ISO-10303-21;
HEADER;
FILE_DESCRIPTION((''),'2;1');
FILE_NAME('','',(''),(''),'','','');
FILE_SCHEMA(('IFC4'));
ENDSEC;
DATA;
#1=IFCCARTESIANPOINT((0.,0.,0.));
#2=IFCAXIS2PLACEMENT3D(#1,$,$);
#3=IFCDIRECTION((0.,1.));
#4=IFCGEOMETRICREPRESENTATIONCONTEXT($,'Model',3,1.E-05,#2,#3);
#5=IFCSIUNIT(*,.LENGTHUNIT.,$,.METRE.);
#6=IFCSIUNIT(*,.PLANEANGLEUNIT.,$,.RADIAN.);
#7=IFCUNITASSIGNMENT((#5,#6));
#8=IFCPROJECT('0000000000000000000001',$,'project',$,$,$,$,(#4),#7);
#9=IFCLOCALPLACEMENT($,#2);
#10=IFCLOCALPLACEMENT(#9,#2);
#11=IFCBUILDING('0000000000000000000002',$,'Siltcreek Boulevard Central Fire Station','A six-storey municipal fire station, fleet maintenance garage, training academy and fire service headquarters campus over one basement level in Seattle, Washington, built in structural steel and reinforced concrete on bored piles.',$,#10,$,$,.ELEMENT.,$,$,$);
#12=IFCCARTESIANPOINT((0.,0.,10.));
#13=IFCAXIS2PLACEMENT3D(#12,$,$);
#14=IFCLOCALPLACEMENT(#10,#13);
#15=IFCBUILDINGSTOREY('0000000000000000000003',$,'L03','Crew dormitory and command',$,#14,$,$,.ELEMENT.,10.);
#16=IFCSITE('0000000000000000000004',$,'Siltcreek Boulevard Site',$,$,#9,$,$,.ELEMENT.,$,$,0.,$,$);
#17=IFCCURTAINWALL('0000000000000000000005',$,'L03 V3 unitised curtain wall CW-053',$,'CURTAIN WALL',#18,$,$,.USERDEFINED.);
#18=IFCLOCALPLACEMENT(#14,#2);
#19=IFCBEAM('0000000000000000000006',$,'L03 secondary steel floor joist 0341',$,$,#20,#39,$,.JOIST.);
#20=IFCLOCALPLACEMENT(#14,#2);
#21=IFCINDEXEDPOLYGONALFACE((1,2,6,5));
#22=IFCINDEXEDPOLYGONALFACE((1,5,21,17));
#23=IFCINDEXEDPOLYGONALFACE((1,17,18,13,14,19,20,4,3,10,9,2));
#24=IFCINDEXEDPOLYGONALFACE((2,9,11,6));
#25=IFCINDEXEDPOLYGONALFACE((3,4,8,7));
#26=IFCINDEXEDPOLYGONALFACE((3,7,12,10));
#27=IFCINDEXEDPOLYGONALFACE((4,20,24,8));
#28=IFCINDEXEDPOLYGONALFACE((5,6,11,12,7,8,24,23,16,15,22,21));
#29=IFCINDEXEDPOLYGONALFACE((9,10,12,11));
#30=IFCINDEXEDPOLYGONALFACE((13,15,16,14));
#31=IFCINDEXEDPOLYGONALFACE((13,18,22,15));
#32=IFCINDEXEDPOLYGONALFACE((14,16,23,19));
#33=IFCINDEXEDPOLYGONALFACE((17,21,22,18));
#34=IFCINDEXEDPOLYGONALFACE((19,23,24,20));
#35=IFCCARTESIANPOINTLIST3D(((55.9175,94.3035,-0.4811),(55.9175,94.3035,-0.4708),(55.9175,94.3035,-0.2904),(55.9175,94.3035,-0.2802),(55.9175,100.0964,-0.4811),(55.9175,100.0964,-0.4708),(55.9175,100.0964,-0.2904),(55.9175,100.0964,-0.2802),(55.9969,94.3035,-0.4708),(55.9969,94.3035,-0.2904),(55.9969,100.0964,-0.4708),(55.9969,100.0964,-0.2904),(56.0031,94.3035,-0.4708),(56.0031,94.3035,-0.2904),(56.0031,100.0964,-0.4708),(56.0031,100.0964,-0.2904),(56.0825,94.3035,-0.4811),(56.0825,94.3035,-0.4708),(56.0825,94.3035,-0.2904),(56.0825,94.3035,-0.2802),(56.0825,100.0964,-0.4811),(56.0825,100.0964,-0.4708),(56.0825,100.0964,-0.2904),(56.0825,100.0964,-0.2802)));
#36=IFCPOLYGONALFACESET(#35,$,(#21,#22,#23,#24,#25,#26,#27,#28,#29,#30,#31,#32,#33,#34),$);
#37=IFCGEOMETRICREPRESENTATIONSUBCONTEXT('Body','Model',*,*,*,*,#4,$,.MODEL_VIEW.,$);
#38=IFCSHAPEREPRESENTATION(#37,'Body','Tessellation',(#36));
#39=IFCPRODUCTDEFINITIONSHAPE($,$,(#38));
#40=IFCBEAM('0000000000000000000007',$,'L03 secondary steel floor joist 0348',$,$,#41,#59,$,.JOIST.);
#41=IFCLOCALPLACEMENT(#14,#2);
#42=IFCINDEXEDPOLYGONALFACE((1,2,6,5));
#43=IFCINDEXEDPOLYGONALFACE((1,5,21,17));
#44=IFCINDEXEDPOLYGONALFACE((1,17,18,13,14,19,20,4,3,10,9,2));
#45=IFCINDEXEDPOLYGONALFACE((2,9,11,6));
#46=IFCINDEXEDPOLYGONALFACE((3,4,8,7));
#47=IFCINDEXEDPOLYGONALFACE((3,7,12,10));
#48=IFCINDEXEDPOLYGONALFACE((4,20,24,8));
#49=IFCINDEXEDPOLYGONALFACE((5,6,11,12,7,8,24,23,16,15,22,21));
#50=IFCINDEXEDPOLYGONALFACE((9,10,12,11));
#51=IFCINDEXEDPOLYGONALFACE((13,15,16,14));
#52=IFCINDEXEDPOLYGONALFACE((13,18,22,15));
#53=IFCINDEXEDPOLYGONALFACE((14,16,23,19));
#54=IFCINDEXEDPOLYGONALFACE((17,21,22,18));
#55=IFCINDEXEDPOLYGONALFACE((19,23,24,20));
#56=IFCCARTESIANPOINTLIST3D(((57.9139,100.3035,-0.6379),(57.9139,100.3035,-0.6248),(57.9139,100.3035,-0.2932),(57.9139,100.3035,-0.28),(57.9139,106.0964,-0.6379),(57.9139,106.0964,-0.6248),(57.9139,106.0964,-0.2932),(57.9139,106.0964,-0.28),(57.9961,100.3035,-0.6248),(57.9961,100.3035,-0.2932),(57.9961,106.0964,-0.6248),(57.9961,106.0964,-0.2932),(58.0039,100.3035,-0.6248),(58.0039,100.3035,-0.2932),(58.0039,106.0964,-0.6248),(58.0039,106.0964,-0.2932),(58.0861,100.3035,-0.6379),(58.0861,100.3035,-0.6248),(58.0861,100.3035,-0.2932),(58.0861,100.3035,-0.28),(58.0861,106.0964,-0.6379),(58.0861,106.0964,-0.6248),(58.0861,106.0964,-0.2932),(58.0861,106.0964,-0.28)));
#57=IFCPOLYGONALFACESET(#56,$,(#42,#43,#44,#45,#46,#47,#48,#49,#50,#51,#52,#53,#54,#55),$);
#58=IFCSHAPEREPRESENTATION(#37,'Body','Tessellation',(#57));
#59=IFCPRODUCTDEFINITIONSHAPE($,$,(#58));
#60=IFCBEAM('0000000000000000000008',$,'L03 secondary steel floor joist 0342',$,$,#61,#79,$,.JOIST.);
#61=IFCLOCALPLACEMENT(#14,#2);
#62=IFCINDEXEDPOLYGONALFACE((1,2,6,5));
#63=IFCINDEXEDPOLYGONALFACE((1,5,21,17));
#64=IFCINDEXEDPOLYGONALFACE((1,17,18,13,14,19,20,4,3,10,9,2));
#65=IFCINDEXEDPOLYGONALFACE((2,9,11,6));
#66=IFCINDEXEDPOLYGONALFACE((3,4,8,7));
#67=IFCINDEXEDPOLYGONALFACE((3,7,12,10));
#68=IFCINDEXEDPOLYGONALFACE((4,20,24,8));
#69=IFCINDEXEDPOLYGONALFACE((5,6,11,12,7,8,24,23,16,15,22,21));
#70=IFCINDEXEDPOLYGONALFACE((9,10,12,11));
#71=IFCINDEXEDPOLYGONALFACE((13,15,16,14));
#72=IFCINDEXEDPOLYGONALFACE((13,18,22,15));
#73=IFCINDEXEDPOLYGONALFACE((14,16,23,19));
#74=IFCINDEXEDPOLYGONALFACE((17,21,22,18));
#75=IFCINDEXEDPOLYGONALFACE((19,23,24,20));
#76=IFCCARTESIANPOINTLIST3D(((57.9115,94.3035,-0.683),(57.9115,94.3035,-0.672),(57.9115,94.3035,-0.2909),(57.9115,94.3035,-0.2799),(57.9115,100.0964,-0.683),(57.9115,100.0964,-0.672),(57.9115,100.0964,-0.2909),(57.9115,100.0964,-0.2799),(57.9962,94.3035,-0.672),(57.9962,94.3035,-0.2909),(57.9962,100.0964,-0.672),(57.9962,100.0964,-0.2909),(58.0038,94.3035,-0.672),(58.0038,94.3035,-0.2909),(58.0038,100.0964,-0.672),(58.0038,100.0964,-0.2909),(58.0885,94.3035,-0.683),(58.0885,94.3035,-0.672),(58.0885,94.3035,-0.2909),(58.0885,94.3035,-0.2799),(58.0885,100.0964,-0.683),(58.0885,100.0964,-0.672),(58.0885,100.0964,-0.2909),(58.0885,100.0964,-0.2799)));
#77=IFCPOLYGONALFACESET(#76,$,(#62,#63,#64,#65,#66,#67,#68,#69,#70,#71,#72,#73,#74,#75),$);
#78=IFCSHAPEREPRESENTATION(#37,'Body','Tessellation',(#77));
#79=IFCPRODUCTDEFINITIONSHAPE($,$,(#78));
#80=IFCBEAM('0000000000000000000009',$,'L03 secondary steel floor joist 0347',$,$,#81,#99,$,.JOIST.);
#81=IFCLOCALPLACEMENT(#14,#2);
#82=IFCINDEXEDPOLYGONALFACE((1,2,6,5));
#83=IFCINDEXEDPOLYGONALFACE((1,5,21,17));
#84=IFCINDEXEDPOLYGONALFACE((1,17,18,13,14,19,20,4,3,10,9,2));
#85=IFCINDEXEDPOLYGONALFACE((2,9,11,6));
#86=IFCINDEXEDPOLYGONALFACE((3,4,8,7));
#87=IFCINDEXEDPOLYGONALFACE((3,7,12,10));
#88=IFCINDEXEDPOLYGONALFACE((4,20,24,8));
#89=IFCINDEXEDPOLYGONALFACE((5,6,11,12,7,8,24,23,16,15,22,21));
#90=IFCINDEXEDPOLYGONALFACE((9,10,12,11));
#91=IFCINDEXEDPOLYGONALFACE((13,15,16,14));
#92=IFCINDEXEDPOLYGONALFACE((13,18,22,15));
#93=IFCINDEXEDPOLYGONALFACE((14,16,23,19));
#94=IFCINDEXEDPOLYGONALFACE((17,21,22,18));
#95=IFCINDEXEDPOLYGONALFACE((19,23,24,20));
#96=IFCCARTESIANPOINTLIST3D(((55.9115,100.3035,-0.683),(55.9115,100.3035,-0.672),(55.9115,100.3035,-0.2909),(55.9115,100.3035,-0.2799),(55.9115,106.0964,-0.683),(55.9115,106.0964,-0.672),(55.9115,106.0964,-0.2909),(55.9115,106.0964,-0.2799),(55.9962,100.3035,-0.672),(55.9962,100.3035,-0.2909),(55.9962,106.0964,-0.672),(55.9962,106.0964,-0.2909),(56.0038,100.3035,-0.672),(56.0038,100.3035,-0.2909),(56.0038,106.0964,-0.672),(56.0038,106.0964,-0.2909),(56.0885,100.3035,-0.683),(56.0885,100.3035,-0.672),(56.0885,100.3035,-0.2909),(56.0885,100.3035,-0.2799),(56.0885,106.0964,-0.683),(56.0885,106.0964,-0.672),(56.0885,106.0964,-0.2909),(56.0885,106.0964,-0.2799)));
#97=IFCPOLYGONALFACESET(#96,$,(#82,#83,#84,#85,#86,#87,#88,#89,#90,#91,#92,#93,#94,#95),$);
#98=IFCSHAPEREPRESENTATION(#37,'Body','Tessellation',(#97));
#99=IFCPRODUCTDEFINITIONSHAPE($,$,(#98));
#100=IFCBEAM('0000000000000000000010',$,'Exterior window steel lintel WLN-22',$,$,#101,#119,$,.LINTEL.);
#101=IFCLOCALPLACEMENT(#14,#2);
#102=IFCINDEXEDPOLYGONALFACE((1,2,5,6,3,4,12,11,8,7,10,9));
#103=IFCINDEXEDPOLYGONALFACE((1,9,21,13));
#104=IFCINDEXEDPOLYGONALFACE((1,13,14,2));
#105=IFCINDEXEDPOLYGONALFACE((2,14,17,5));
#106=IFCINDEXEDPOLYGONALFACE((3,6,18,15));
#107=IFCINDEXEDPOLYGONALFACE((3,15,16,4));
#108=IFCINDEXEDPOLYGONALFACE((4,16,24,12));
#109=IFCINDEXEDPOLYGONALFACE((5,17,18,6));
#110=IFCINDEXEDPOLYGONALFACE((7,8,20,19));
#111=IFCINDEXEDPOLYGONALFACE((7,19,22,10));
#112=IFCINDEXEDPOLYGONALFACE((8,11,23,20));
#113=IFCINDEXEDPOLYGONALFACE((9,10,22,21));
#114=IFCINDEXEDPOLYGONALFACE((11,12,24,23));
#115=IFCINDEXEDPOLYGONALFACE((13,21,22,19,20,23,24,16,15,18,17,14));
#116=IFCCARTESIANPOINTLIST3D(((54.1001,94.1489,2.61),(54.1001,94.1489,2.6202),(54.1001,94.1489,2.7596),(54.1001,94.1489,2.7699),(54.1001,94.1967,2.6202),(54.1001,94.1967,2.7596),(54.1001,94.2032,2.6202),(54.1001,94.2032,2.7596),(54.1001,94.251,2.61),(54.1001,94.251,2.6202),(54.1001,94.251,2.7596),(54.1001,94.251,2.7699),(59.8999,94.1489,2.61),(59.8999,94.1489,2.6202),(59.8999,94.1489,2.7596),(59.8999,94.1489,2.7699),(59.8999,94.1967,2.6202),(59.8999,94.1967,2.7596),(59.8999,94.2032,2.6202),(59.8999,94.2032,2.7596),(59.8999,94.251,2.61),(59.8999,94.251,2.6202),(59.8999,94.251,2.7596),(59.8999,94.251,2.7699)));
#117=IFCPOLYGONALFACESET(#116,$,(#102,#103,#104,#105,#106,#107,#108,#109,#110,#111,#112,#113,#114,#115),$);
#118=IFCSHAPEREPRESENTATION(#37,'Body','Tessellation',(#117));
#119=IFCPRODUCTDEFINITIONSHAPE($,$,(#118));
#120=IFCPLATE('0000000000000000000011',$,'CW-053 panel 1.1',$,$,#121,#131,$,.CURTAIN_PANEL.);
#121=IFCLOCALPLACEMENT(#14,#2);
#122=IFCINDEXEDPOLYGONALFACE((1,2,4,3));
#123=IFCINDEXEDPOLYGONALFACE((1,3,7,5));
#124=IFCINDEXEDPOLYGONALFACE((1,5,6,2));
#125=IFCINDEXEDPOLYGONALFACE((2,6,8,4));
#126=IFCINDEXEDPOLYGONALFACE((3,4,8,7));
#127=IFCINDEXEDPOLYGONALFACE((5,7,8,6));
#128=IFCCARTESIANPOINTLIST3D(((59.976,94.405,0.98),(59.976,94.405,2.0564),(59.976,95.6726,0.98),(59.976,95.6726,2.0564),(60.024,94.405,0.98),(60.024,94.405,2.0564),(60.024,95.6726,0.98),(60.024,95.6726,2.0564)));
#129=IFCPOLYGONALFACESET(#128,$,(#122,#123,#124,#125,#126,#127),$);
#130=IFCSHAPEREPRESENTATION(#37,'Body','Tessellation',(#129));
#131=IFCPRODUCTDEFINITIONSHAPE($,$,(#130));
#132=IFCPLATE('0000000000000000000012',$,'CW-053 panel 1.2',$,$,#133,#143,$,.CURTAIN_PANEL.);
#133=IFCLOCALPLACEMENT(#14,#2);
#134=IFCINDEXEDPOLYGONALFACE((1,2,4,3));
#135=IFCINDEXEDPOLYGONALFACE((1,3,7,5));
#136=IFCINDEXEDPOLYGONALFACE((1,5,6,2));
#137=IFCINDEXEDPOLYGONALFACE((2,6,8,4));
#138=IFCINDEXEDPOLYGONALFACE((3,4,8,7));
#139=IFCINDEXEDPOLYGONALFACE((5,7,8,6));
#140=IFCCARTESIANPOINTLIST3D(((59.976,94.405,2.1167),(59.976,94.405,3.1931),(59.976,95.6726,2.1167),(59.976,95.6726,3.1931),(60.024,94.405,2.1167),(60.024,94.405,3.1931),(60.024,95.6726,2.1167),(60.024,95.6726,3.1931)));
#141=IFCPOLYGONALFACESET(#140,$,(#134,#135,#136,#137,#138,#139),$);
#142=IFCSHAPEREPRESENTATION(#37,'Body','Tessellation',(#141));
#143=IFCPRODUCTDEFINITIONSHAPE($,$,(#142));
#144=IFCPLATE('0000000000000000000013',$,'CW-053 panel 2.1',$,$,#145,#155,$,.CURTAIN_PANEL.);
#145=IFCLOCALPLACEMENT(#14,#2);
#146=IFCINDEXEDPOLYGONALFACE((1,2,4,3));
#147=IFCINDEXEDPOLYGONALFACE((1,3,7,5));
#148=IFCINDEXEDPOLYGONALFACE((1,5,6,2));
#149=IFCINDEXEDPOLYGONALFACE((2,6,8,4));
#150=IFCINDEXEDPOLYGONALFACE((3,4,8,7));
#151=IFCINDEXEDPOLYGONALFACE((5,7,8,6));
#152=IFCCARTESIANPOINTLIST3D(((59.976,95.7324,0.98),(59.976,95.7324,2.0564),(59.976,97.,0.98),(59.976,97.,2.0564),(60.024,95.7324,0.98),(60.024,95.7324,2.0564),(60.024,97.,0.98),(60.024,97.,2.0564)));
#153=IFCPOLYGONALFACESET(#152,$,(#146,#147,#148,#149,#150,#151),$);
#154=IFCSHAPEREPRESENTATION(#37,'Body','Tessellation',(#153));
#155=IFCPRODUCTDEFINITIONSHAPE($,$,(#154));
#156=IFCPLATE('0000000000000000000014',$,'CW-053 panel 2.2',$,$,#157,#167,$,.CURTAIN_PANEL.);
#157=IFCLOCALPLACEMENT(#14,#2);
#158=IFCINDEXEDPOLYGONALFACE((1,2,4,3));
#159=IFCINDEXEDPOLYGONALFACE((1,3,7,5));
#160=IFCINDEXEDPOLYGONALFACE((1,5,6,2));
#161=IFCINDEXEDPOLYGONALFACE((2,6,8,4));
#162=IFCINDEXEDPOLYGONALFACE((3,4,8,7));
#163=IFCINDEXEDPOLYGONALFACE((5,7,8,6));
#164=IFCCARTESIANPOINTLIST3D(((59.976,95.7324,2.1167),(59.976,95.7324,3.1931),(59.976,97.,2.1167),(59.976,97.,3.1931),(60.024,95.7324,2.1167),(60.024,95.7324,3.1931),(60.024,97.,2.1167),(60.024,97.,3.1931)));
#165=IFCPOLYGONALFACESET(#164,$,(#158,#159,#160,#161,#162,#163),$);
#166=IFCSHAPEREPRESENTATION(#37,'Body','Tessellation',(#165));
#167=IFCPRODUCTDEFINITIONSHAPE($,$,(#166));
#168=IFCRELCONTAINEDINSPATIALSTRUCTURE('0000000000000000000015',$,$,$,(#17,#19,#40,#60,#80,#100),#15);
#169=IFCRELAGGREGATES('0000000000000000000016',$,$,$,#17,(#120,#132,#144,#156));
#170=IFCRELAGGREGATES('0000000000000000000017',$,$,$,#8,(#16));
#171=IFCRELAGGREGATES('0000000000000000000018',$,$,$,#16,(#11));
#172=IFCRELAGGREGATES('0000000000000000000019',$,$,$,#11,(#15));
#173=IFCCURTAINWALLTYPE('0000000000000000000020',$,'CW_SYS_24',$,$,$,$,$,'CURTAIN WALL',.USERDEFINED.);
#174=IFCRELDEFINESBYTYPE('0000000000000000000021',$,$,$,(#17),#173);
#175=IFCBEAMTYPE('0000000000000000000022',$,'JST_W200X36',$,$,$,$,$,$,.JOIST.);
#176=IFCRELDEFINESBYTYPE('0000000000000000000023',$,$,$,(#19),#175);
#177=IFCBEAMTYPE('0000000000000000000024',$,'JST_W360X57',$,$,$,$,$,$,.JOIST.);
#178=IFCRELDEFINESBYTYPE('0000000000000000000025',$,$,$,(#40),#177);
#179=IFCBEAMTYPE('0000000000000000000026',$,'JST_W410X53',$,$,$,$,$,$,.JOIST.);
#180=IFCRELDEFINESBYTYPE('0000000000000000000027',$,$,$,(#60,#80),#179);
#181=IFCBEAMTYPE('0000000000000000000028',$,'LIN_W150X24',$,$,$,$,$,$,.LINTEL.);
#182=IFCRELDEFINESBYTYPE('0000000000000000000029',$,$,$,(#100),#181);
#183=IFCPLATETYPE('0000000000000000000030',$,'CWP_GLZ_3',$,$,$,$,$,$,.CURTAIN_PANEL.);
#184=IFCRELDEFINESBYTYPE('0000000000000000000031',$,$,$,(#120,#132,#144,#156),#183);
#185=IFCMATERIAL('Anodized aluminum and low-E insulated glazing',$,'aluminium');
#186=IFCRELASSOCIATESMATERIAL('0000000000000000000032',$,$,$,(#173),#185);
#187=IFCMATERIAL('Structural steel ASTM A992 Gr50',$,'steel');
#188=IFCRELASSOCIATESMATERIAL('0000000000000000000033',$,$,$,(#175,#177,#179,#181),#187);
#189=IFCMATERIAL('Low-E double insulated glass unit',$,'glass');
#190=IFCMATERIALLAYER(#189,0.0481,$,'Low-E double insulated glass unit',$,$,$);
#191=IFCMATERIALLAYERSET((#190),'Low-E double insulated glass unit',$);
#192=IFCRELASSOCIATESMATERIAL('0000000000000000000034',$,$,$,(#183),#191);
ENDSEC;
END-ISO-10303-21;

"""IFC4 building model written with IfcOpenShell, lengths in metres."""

from ifc_helpers import new_model, si_unit, direction, frame, origin, origin_2d, place, context, subcontext, project, spatial, rectangle, i_section, extrude, material, layer, layer_set, material_profile, profile_set, type_object, element, aggregate, save


model = new_model("IFC4")

# Units and contexts
model_context = context("Model", 3, precision=1e-05, world=origin(), true_north=direction((0.0, 1.0)))
body_context = subcontext(model_context, "Body", "Model", "MODEL_VIEW")
ifc_project = project(units=[si_unit("LENGTHUNIT", "METRE"), si_unit("PLANEANGLEUNIT", "RADIAN")], contexts=[model_context])

# Site, building, storey
site_placement = place(None, origin())
site = spatial("IfcSite", under=ifc_project, at=site_placement, Name="Siltcreek Boulevard Site", CompositionType="ELEMENT", RefElevation=0.0)
building_placement = place(site_placement, origin())
building = spatial("IfcBuilding", under=site, at=building_placement, Name="Siltcreek Boulevard Central Fire Station", Description="A six-storey municipal fire station, fleet maintenance garage, training academy and fire service headquarters campus over one basement level in Seattle, Washington, built in structural steel and reinforced concrete on bored piles.", CompositionType="ELEMENT")
storey_placement = place(building_placement, frame((0.0, 0.0, 10.0)))
storey = spatial("IfcBuildingStorey", under=building, at=storey_placement, Name="L03", Description="Crew dormitory and command", CompositionType="ELEMENT", Elevation=10.0)

# Shared definitions
ifc_material_1 = material(Name="Structural steel ASTM A992 Gr50", Category="steel")

# Curtain wall
ifc_material_2 = material(Name="Anodized aluminum and low-E insulated glazing", Category="aluminium")
curtain_wall_type = type_object("IfcCurtainWallType", Name="CW_SYS_24", ElementType="CURTAIN WALL", PredefinedType="USERDEFINED", material=ifc_material_2)
curtain_wall_placement = place(storey_placement, origin())
curtain_wall = element("IfcCurtainWall", 1, at=curtain_wall_placement, inside=storey, type_object=curtain_wall_type, Name="L03 V3 unitised curtain wall CW-053", ObjectType="CURTAIN WALL", PredefinedType="USERDEFINED")

# Beams
ifc_material_profile_1 = material_profile(ifc_material_1, i_section(OverallWidth=0.165, OverallDepth=0.2009, WebThickness=0.0061, FlangeThickness=0.0103, at=origin_2d()), Name="W200X36")
ifc_profile_set_1 = profile_set([ifc_material_profile_1], Name="Structural steel ASTM A992 Gr50")
beam_type_1 = type_object("IfcBeamType", Name="JST_W200X36", PredefinedType="JOIST", material=ifc_profile_set_1)
beam_1_placement = place(storey_placement, frame((56.0, 94.3035, -0.3806), z_axis=(0.0, 1.0, 0.0), x_axis=(-1.0, 0.0, 0.0)))
element("IfcBeam", 2, at=beam_1_placement, inside=storey, type_object=beam_type_1, Name="L03 secondary steel floor joist 0341", PredefinedType="JOIST", context=body_context, shape_type="SweptSolid", body=[
    extrude(i_section(OverallWidth=0.165, OverallDepth=0.2009, WebThickness=0.0061, FlangeThickness=0.0103, at=origin_2d()), origin(), (0.0, 0.0, 1.0), 5.793),
])
ifc_material_profile_2 = material_profile(ifc_material_1, i_section(OverallWidth=0.1721, OverallDepth=0.3579, WebThickness=0.0078, FlangeThickness=0.0132, at=origin_2d()), Name="W360X57")
ifc_profile_set_2 = profile_set([ifc_material_profile_2], Name="Structural steel ASTM A992 Gr50")
beam_type_2 = type_object("IfcBeamType", Name="JST_W360X57", PredefinedType="JOIST", material=ifc_profile_set_2)
beam_2_placement = place(storey_placement, frame((58.0, 100.3035, -0.459), z_axis=(0.0, 1.0, 0.0), x_axis=(-1.0, 0.0, 0.0)))
element("IfcBeam", 3, at=beam_2_placement, inside=storey, type_object=beam_type_2, Name="L03 secondary steel floor joist 0348", PredefinedType="JOIST", context=body_context, shape_type="SweptSolid", body=[
    extrude(i_section(OverallWidth=0.1721, OverallDepth=0.3579, WebThickness=0.0078, FlangeThickness=0.0132, at=origin_2d()), origin(), (0.0, 0.0, 1.0), 5.793),
])
ifc_material_profile_3 = material_profile(ifc_material_1, i_section(OverallWidth=0.177, OverallDepth=0.4031, WebThickness=0.0076, FlangeThickness=0.011, at=origin_2d()), Name="W410X53")
ifc_profile_set_3 = profile_set([ifc_material_profile_3], Name="Structural steel ASTM A992 Gr50")
beam_type_3 = type_object("IfcBeamType", Name="JST_W410X53", PredefinedType="JOIST", material=ifc_profile_set_3)
for number, where, z_axis, x_axis, name in (
    (4, (58.0, 94.3035, -0.4814), (0.0, 1.0, 0.0), (-1.0, 0.0, 0.0), "L03 secondary steel floor joist 0342"),
    (5, (56.0, 100.3035, -0.4814), (0.0, 1.0, 0.0), (-1.0, 0.0, 0.0), "L03 secondary steel floor joist 0347"),
):
    element("IfcBeam", number, at=place(storey_placement, frame(where, z_axis=z_axis, x_axis=x_axis)), inside=storey, type_object=beam_type_3, Name=name, PredefinedType="JOIST", context=body_context, shape_type="SweptSolid", body=[
        extrude(i_section(OverallWidth=0.177, OverallDepth=0.4031, WebThickness=0.0076, FlangeThickness=0.011, at=origin_2d()), origin(), (0.0, 0.0, 1.0), 5.793),
    ])
ifc_material_profile_4 = material_profile(ifc_material_1, i_section(OverallWidth=0.1021, OverallDepth=0.1599, WebThickness=0.0066, FlangeThickness=0.0103, at=origin_2d()), Name="W150X24")
ifc_profile_set_4 = profile_set([ifc_material_profile_4], Name="Structural steel ASTM A992 Gr50")
beam_type_4 = type_object("IfcBeamType", Name="LIN_W150X24", PredefinedType="LINTEL", material=ifc_profile_set_4)
beam_3_placement = place(storey_placement, frame((54.1001, 94.2, 2.6899), z_axis=(1.0, 0.0, 0.0), x_axis=(0.0, 1.0, 0.0)))
element("IfcBeam", 6, at=beam_3_placement, inside=storey, type_object=beam_type_4, Name="Exterior window steel lintel WLN-22", PredefinedType="LINTEL", context=body_context, shape_type="SweptSolid", body=[
    extrude(i_section(OverallWidth=0.1021, OverallDepth=0.1599, WebThickness=0.0066, FlangeThickness=0.0103, at=origin_2d()), origin(), (0.0, 0.0, 1.0), 5.7998),
])

# Plates
ifc_material_3 = material(Name="Low-E double insulated glass unit", Category="glass")
ifc_layer_1 = layer(ifc_material_3, 0.0481, Name="Low-E double insulated glass unit")
ifc_layer_set_1 = layer_set([ifc_layer_1], Name="Low-E double insulated glass unit")
plate_type = type_object("IfcPlateType", Name="CWP_GLZ_3", PredefinedType="CURTAIN_PANEL", material=ifc_layer_set_1)
plate_1_placement = place(storey_placement, frame((60.0, 95.0388, 0.98), z_axis=(0.0, 0.0, 1.0), x_axis=(0.0, 1.0, 0.0)))
plate_1 = element("IfcPlate", 7, at=plate_1_placement, type_object=plate_type, Name="CW-053 panel 1.1", PredefinedType="CURTAIN_PANEL", context=body_context, shape_type="SweptSolid", body=[
    extrude(rectangle(XDim=1.2676, YDim=0.0481, at=origin_2d()), origin(), (0.0, 0.0, 1.0), 1.0764),
])
plate_2_placement = place(storey_placement, frame((60.0, 95.0388, 2.1167), z_axis=(0.0, 0.0, 1.0), x_axis=(0.0, 1.0, 0.0)))
plate_2 = element("IfcPlate", 8, at=plate_2_placement, type_object=plate_type, Name="CW-053 panel 1.2", PredefinedType="CURTAIN_PANEL", context=body_context, shape_type="SweptSolid", body=[
    extrude(rectangle(XDim=1.2676, YDim=0.0481, at=origin_2d()), origin(), (0.0, 0.0, 1.0), 1.0764),
])
plate_3_placement = place(storey_placement, frame((60.0, 96.3662, 0.98), z_axis=(0.0, 0.0, 1.0), x_axis=(0.0, 1.0, 0.0)))
plate_3 = element("IfcPlate", 9, at=plate_3_placement, type_object=plate_type, Name="CW-053 panel 2.1", PredefinedType="CURTAIN_PANEL", context=body_context, shape_type="SweptSolid", body=[
    extrude(rectangle(XDim=1.2676, YDim=0.0481, at=origin_2d()), origin(), (0.0, 0.0, 1.0), 1.0764),
])
plate_4_placement = place(storey_placement, frame((60.0, 96.3662, 2.1167), z_axis=(0.0, 0.0, 1.0), x_axis=(0.0, 1.0, 0.0)))
plate_4 = element("IfcPlate", 10, at=plate_4_placement, type_object=plate_type, Name="CW-053 panel 2.2", PredefinedType="CURTAIN_PANEL", context=body_context, shape_type="SweptSolid", body=[
    extrude(rectangle(XDim=1.2676, YDim=0.0481, at=origin_2d()), origin(), (0.0, 0.0, 1.0), 1.0764),
])
aggregate(curtain_wall, [plate_1, plate_2, plate_3, plate_4])

save(model, "model.ifc")
